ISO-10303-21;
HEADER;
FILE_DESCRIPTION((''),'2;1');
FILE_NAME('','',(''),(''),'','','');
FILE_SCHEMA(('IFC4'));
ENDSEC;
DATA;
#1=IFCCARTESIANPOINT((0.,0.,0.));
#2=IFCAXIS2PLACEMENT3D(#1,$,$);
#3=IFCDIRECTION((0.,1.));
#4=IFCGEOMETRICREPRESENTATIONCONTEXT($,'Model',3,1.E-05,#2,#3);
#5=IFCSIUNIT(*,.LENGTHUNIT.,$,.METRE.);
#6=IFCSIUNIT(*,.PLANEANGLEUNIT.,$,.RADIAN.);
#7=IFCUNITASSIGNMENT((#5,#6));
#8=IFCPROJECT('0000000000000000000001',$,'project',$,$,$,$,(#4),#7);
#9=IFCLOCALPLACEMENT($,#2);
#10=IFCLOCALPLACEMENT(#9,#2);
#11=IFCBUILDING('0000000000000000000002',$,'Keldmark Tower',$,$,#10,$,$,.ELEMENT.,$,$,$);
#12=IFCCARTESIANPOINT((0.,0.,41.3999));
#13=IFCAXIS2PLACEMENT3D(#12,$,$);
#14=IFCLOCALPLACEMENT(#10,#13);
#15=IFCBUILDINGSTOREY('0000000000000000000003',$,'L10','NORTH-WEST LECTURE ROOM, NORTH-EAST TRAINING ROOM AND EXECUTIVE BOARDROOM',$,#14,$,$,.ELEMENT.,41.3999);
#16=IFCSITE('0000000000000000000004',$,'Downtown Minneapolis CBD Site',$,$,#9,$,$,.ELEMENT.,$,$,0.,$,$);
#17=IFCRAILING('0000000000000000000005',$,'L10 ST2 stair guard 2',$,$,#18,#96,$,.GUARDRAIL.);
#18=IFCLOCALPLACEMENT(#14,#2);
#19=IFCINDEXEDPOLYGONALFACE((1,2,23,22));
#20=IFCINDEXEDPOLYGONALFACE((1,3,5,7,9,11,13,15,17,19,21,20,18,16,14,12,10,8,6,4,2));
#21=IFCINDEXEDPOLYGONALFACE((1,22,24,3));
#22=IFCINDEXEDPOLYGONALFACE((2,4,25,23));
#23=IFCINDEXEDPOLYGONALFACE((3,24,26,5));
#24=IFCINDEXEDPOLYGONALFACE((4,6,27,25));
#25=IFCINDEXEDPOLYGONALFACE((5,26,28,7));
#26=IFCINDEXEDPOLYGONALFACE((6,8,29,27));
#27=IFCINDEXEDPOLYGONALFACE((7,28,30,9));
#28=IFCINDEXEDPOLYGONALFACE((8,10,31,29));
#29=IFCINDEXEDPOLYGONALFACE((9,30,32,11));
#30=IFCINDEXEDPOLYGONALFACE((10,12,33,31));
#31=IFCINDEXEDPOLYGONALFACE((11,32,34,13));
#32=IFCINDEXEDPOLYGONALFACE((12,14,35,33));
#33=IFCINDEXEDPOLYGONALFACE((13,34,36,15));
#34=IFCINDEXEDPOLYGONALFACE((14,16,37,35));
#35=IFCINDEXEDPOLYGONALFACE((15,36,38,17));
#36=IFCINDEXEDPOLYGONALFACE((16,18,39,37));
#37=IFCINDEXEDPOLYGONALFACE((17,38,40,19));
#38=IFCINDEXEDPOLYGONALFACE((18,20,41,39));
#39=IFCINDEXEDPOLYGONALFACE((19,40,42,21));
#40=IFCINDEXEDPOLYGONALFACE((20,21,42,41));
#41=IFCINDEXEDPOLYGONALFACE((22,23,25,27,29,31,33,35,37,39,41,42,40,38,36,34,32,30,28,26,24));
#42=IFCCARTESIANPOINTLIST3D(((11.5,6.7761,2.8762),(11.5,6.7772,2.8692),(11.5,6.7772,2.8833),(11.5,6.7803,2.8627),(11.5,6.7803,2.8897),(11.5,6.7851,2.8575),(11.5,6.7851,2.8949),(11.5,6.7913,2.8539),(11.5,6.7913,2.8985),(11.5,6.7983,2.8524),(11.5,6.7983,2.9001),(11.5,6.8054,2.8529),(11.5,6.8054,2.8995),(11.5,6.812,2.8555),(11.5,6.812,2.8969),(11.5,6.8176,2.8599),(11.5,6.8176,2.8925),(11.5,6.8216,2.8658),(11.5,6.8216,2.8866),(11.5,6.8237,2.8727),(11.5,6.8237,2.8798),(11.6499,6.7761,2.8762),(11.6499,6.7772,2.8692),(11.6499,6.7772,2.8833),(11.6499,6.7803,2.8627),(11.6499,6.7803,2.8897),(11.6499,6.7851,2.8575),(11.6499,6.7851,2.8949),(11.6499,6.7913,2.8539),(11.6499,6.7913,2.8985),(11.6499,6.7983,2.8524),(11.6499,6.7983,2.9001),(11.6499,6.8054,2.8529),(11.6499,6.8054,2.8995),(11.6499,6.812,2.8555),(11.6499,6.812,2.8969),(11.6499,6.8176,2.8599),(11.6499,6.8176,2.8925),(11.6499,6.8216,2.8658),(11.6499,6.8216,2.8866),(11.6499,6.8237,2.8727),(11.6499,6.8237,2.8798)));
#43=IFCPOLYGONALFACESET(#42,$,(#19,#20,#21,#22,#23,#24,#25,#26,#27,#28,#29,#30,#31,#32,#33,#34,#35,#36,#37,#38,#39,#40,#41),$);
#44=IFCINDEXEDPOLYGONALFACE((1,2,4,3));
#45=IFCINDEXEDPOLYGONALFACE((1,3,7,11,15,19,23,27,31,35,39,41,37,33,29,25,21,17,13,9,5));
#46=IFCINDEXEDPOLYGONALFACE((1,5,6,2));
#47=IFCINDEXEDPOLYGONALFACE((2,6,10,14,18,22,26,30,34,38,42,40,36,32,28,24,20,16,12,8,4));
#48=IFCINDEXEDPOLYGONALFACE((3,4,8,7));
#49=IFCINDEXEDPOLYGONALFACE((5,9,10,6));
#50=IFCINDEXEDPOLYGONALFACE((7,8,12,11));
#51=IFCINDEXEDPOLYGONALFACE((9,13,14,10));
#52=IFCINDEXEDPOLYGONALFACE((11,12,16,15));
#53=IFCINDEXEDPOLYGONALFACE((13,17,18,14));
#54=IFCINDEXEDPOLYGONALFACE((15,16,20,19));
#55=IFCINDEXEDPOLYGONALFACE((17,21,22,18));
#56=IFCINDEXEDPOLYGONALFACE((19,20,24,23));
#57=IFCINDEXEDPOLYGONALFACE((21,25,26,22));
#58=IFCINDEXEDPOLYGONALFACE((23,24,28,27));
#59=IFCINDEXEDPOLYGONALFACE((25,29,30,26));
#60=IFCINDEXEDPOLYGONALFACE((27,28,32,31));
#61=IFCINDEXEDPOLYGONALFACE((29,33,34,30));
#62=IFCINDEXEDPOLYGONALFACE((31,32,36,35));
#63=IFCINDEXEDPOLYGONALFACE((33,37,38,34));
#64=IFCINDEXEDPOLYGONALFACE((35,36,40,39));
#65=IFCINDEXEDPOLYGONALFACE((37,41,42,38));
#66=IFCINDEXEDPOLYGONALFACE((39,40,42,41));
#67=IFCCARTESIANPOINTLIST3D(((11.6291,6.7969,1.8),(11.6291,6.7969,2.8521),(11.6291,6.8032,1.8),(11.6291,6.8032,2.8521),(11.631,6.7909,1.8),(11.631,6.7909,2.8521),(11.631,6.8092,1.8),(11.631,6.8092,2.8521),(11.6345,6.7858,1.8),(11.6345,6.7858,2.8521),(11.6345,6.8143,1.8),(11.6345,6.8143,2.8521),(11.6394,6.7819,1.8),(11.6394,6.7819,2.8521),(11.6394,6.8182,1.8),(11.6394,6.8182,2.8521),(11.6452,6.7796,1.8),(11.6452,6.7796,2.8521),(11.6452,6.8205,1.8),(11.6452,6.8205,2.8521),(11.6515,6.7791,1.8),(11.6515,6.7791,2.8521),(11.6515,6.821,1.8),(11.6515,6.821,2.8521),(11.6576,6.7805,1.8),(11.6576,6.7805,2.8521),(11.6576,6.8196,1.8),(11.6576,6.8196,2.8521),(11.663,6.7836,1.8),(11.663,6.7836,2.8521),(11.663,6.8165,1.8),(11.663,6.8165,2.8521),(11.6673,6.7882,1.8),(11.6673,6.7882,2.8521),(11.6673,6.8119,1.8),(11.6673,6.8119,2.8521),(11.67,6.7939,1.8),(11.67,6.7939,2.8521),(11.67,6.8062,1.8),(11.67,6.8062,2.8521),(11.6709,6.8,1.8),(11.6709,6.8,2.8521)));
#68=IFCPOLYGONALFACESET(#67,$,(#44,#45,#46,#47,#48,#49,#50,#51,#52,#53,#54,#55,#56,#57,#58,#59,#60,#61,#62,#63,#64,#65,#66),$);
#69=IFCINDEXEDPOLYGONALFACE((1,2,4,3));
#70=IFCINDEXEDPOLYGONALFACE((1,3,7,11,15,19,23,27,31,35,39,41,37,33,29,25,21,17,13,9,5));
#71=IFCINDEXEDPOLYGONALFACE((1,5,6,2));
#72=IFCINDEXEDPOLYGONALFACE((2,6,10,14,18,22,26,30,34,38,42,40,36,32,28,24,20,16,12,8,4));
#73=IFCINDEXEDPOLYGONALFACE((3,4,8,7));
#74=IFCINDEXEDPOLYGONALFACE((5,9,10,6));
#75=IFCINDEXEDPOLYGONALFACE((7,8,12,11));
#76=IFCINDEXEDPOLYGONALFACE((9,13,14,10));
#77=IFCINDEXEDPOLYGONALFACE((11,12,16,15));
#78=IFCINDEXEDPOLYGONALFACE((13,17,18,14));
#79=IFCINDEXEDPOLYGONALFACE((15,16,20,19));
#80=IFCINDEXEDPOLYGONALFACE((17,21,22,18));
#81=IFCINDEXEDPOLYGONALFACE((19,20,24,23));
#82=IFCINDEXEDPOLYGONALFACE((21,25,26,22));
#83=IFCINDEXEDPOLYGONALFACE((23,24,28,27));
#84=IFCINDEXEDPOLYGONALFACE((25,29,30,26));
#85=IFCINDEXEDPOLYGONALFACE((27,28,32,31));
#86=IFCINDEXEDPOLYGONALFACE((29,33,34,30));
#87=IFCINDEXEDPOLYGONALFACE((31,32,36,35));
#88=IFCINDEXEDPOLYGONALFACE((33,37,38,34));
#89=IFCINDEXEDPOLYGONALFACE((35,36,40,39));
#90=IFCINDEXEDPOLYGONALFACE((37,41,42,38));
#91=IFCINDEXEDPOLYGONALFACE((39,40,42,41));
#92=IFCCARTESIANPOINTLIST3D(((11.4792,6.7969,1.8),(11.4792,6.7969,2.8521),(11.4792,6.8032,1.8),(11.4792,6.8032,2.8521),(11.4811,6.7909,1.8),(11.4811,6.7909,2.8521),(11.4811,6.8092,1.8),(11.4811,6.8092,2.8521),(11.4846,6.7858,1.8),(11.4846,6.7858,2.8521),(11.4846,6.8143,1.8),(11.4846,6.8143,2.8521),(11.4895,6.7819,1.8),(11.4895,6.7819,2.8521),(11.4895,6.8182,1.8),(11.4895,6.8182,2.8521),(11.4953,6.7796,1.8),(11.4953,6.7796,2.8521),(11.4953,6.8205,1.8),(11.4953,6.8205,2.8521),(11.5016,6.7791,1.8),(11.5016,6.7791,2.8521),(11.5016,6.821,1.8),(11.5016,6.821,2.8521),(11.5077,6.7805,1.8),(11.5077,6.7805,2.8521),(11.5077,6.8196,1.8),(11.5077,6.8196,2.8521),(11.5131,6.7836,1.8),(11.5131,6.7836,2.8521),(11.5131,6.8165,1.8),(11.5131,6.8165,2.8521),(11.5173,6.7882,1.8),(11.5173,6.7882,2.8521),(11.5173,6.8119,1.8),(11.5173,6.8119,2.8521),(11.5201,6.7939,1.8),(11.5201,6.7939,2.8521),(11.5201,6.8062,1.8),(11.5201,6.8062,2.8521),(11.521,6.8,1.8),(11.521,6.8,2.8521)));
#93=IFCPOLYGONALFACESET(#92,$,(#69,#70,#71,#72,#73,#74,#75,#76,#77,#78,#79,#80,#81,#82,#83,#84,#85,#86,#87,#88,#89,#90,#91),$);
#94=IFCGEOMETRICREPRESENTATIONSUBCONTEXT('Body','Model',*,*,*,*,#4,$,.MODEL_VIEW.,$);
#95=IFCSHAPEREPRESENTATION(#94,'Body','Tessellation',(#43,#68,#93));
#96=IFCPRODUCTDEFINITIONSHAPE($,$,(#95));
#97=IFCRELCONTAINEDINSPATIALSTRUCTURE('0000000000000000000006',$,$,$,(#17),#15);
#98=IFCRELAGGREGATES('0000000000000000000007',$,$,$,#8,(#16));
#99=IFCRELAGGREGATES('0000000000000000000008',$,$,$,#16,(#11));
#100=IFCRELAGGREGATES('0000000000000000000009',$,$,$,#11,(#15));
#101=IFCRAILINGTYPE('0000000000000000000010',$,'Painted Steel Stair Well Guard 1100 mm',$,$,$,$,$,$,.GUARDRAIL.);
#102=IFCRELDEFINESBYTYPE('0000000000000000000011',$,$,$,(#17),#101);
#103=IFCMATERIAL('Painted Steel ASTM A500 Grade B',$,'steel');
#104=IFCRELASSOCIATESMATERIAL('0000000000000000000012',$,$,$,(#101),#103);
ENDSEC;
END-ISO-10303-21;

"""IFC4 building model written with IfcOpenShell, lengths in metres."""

from ifc_helpers import new_model, si_unit, direction, frame, origin, origin_2d, place, context, subcontext, project, spatial, circle, extrude, material, type_object, element, save


model = new_model("IFC4")

# Units and contexts
model_context = context("Model", 3, precision=1e-05, world=origin(), true_north=direction((0.0, 1.0)))
body_context = subcontext(model_context, "Body", "Model", "MODEL_VIEW")
ifc_project = project(units=[si_unit("LENGTHUNIT", "METRE"), si_unit("PLANEANGLEUNIT", "RADIAN")], contexts=[model_context])

# Site, building, storey
site_placement = place(None, origin())
site = spatial("IfcSite", under=ifc_project, at=site_placement, Name="Downtown Minneapolis CBD Site", CompositionType="ELEMENT", RefElevation=0.0)
building_placement = place(site_placement, origin())
building = spatial("IfcBuilding", under=site, at=building_placement, Name="Keldmark Tower", CompositionType="ELEMENT")
storey_placement = place(building_placement, frame((0.0, 0.0, 41.3999)))
storey = spatial("IfcBuildingStorey", under=building, at=storey_placement, Name="L10", Description="NORTH-WEST LECTURE ROOM, NORTH-EAST TRAINING ROOM AND EXECUTIVE BOARDROOM", CompositionType="ELEMENT", Elevation=41.3999)

# Railing
ifc_material_1 = material(Name="Painted Steel ASTM A500 Grade B", Category="steel")
railing_type_1 = type_object("IfcRailingType", Name="Painted Steel Stair Well Guard 1100 mm", PredefinedType="GUARDRAIL", material=ifc_material_1)
railing_1_placement = place(storey_placement, frame((11.6499, 6.8, 1.8)))
element("IfcRailing", 1, at=railing_1_placement, inside=storey, type_object=railing_type_1, Name="L10 ST2 stair guard 2", PredefinedType="GUARDRAIL", context=body_context, shape_type="SweptSolid", body=[
    extrude(circle(Radius=0.0239, at=origin_2d()), frame((0.0, 0.0, 1.0762), z_axis=(-1.0, 0.0, 0.0), x_axis=(0.0, -1.0, 0.0)), (0.0, 0.0, 1.0), 0.1499),
    extrude(circle(Radius=0.021, at=origin_2d()), origin(), (0.0, 0.0, 1.0), 1.052),
    extrude(circle(Radius=0.021, at=origin_2d()), frame((-0.1499, 0.0, 0.0)), (0.0, 0.0, 1.0), 1.052),
])

save(model, "model.ifc")
